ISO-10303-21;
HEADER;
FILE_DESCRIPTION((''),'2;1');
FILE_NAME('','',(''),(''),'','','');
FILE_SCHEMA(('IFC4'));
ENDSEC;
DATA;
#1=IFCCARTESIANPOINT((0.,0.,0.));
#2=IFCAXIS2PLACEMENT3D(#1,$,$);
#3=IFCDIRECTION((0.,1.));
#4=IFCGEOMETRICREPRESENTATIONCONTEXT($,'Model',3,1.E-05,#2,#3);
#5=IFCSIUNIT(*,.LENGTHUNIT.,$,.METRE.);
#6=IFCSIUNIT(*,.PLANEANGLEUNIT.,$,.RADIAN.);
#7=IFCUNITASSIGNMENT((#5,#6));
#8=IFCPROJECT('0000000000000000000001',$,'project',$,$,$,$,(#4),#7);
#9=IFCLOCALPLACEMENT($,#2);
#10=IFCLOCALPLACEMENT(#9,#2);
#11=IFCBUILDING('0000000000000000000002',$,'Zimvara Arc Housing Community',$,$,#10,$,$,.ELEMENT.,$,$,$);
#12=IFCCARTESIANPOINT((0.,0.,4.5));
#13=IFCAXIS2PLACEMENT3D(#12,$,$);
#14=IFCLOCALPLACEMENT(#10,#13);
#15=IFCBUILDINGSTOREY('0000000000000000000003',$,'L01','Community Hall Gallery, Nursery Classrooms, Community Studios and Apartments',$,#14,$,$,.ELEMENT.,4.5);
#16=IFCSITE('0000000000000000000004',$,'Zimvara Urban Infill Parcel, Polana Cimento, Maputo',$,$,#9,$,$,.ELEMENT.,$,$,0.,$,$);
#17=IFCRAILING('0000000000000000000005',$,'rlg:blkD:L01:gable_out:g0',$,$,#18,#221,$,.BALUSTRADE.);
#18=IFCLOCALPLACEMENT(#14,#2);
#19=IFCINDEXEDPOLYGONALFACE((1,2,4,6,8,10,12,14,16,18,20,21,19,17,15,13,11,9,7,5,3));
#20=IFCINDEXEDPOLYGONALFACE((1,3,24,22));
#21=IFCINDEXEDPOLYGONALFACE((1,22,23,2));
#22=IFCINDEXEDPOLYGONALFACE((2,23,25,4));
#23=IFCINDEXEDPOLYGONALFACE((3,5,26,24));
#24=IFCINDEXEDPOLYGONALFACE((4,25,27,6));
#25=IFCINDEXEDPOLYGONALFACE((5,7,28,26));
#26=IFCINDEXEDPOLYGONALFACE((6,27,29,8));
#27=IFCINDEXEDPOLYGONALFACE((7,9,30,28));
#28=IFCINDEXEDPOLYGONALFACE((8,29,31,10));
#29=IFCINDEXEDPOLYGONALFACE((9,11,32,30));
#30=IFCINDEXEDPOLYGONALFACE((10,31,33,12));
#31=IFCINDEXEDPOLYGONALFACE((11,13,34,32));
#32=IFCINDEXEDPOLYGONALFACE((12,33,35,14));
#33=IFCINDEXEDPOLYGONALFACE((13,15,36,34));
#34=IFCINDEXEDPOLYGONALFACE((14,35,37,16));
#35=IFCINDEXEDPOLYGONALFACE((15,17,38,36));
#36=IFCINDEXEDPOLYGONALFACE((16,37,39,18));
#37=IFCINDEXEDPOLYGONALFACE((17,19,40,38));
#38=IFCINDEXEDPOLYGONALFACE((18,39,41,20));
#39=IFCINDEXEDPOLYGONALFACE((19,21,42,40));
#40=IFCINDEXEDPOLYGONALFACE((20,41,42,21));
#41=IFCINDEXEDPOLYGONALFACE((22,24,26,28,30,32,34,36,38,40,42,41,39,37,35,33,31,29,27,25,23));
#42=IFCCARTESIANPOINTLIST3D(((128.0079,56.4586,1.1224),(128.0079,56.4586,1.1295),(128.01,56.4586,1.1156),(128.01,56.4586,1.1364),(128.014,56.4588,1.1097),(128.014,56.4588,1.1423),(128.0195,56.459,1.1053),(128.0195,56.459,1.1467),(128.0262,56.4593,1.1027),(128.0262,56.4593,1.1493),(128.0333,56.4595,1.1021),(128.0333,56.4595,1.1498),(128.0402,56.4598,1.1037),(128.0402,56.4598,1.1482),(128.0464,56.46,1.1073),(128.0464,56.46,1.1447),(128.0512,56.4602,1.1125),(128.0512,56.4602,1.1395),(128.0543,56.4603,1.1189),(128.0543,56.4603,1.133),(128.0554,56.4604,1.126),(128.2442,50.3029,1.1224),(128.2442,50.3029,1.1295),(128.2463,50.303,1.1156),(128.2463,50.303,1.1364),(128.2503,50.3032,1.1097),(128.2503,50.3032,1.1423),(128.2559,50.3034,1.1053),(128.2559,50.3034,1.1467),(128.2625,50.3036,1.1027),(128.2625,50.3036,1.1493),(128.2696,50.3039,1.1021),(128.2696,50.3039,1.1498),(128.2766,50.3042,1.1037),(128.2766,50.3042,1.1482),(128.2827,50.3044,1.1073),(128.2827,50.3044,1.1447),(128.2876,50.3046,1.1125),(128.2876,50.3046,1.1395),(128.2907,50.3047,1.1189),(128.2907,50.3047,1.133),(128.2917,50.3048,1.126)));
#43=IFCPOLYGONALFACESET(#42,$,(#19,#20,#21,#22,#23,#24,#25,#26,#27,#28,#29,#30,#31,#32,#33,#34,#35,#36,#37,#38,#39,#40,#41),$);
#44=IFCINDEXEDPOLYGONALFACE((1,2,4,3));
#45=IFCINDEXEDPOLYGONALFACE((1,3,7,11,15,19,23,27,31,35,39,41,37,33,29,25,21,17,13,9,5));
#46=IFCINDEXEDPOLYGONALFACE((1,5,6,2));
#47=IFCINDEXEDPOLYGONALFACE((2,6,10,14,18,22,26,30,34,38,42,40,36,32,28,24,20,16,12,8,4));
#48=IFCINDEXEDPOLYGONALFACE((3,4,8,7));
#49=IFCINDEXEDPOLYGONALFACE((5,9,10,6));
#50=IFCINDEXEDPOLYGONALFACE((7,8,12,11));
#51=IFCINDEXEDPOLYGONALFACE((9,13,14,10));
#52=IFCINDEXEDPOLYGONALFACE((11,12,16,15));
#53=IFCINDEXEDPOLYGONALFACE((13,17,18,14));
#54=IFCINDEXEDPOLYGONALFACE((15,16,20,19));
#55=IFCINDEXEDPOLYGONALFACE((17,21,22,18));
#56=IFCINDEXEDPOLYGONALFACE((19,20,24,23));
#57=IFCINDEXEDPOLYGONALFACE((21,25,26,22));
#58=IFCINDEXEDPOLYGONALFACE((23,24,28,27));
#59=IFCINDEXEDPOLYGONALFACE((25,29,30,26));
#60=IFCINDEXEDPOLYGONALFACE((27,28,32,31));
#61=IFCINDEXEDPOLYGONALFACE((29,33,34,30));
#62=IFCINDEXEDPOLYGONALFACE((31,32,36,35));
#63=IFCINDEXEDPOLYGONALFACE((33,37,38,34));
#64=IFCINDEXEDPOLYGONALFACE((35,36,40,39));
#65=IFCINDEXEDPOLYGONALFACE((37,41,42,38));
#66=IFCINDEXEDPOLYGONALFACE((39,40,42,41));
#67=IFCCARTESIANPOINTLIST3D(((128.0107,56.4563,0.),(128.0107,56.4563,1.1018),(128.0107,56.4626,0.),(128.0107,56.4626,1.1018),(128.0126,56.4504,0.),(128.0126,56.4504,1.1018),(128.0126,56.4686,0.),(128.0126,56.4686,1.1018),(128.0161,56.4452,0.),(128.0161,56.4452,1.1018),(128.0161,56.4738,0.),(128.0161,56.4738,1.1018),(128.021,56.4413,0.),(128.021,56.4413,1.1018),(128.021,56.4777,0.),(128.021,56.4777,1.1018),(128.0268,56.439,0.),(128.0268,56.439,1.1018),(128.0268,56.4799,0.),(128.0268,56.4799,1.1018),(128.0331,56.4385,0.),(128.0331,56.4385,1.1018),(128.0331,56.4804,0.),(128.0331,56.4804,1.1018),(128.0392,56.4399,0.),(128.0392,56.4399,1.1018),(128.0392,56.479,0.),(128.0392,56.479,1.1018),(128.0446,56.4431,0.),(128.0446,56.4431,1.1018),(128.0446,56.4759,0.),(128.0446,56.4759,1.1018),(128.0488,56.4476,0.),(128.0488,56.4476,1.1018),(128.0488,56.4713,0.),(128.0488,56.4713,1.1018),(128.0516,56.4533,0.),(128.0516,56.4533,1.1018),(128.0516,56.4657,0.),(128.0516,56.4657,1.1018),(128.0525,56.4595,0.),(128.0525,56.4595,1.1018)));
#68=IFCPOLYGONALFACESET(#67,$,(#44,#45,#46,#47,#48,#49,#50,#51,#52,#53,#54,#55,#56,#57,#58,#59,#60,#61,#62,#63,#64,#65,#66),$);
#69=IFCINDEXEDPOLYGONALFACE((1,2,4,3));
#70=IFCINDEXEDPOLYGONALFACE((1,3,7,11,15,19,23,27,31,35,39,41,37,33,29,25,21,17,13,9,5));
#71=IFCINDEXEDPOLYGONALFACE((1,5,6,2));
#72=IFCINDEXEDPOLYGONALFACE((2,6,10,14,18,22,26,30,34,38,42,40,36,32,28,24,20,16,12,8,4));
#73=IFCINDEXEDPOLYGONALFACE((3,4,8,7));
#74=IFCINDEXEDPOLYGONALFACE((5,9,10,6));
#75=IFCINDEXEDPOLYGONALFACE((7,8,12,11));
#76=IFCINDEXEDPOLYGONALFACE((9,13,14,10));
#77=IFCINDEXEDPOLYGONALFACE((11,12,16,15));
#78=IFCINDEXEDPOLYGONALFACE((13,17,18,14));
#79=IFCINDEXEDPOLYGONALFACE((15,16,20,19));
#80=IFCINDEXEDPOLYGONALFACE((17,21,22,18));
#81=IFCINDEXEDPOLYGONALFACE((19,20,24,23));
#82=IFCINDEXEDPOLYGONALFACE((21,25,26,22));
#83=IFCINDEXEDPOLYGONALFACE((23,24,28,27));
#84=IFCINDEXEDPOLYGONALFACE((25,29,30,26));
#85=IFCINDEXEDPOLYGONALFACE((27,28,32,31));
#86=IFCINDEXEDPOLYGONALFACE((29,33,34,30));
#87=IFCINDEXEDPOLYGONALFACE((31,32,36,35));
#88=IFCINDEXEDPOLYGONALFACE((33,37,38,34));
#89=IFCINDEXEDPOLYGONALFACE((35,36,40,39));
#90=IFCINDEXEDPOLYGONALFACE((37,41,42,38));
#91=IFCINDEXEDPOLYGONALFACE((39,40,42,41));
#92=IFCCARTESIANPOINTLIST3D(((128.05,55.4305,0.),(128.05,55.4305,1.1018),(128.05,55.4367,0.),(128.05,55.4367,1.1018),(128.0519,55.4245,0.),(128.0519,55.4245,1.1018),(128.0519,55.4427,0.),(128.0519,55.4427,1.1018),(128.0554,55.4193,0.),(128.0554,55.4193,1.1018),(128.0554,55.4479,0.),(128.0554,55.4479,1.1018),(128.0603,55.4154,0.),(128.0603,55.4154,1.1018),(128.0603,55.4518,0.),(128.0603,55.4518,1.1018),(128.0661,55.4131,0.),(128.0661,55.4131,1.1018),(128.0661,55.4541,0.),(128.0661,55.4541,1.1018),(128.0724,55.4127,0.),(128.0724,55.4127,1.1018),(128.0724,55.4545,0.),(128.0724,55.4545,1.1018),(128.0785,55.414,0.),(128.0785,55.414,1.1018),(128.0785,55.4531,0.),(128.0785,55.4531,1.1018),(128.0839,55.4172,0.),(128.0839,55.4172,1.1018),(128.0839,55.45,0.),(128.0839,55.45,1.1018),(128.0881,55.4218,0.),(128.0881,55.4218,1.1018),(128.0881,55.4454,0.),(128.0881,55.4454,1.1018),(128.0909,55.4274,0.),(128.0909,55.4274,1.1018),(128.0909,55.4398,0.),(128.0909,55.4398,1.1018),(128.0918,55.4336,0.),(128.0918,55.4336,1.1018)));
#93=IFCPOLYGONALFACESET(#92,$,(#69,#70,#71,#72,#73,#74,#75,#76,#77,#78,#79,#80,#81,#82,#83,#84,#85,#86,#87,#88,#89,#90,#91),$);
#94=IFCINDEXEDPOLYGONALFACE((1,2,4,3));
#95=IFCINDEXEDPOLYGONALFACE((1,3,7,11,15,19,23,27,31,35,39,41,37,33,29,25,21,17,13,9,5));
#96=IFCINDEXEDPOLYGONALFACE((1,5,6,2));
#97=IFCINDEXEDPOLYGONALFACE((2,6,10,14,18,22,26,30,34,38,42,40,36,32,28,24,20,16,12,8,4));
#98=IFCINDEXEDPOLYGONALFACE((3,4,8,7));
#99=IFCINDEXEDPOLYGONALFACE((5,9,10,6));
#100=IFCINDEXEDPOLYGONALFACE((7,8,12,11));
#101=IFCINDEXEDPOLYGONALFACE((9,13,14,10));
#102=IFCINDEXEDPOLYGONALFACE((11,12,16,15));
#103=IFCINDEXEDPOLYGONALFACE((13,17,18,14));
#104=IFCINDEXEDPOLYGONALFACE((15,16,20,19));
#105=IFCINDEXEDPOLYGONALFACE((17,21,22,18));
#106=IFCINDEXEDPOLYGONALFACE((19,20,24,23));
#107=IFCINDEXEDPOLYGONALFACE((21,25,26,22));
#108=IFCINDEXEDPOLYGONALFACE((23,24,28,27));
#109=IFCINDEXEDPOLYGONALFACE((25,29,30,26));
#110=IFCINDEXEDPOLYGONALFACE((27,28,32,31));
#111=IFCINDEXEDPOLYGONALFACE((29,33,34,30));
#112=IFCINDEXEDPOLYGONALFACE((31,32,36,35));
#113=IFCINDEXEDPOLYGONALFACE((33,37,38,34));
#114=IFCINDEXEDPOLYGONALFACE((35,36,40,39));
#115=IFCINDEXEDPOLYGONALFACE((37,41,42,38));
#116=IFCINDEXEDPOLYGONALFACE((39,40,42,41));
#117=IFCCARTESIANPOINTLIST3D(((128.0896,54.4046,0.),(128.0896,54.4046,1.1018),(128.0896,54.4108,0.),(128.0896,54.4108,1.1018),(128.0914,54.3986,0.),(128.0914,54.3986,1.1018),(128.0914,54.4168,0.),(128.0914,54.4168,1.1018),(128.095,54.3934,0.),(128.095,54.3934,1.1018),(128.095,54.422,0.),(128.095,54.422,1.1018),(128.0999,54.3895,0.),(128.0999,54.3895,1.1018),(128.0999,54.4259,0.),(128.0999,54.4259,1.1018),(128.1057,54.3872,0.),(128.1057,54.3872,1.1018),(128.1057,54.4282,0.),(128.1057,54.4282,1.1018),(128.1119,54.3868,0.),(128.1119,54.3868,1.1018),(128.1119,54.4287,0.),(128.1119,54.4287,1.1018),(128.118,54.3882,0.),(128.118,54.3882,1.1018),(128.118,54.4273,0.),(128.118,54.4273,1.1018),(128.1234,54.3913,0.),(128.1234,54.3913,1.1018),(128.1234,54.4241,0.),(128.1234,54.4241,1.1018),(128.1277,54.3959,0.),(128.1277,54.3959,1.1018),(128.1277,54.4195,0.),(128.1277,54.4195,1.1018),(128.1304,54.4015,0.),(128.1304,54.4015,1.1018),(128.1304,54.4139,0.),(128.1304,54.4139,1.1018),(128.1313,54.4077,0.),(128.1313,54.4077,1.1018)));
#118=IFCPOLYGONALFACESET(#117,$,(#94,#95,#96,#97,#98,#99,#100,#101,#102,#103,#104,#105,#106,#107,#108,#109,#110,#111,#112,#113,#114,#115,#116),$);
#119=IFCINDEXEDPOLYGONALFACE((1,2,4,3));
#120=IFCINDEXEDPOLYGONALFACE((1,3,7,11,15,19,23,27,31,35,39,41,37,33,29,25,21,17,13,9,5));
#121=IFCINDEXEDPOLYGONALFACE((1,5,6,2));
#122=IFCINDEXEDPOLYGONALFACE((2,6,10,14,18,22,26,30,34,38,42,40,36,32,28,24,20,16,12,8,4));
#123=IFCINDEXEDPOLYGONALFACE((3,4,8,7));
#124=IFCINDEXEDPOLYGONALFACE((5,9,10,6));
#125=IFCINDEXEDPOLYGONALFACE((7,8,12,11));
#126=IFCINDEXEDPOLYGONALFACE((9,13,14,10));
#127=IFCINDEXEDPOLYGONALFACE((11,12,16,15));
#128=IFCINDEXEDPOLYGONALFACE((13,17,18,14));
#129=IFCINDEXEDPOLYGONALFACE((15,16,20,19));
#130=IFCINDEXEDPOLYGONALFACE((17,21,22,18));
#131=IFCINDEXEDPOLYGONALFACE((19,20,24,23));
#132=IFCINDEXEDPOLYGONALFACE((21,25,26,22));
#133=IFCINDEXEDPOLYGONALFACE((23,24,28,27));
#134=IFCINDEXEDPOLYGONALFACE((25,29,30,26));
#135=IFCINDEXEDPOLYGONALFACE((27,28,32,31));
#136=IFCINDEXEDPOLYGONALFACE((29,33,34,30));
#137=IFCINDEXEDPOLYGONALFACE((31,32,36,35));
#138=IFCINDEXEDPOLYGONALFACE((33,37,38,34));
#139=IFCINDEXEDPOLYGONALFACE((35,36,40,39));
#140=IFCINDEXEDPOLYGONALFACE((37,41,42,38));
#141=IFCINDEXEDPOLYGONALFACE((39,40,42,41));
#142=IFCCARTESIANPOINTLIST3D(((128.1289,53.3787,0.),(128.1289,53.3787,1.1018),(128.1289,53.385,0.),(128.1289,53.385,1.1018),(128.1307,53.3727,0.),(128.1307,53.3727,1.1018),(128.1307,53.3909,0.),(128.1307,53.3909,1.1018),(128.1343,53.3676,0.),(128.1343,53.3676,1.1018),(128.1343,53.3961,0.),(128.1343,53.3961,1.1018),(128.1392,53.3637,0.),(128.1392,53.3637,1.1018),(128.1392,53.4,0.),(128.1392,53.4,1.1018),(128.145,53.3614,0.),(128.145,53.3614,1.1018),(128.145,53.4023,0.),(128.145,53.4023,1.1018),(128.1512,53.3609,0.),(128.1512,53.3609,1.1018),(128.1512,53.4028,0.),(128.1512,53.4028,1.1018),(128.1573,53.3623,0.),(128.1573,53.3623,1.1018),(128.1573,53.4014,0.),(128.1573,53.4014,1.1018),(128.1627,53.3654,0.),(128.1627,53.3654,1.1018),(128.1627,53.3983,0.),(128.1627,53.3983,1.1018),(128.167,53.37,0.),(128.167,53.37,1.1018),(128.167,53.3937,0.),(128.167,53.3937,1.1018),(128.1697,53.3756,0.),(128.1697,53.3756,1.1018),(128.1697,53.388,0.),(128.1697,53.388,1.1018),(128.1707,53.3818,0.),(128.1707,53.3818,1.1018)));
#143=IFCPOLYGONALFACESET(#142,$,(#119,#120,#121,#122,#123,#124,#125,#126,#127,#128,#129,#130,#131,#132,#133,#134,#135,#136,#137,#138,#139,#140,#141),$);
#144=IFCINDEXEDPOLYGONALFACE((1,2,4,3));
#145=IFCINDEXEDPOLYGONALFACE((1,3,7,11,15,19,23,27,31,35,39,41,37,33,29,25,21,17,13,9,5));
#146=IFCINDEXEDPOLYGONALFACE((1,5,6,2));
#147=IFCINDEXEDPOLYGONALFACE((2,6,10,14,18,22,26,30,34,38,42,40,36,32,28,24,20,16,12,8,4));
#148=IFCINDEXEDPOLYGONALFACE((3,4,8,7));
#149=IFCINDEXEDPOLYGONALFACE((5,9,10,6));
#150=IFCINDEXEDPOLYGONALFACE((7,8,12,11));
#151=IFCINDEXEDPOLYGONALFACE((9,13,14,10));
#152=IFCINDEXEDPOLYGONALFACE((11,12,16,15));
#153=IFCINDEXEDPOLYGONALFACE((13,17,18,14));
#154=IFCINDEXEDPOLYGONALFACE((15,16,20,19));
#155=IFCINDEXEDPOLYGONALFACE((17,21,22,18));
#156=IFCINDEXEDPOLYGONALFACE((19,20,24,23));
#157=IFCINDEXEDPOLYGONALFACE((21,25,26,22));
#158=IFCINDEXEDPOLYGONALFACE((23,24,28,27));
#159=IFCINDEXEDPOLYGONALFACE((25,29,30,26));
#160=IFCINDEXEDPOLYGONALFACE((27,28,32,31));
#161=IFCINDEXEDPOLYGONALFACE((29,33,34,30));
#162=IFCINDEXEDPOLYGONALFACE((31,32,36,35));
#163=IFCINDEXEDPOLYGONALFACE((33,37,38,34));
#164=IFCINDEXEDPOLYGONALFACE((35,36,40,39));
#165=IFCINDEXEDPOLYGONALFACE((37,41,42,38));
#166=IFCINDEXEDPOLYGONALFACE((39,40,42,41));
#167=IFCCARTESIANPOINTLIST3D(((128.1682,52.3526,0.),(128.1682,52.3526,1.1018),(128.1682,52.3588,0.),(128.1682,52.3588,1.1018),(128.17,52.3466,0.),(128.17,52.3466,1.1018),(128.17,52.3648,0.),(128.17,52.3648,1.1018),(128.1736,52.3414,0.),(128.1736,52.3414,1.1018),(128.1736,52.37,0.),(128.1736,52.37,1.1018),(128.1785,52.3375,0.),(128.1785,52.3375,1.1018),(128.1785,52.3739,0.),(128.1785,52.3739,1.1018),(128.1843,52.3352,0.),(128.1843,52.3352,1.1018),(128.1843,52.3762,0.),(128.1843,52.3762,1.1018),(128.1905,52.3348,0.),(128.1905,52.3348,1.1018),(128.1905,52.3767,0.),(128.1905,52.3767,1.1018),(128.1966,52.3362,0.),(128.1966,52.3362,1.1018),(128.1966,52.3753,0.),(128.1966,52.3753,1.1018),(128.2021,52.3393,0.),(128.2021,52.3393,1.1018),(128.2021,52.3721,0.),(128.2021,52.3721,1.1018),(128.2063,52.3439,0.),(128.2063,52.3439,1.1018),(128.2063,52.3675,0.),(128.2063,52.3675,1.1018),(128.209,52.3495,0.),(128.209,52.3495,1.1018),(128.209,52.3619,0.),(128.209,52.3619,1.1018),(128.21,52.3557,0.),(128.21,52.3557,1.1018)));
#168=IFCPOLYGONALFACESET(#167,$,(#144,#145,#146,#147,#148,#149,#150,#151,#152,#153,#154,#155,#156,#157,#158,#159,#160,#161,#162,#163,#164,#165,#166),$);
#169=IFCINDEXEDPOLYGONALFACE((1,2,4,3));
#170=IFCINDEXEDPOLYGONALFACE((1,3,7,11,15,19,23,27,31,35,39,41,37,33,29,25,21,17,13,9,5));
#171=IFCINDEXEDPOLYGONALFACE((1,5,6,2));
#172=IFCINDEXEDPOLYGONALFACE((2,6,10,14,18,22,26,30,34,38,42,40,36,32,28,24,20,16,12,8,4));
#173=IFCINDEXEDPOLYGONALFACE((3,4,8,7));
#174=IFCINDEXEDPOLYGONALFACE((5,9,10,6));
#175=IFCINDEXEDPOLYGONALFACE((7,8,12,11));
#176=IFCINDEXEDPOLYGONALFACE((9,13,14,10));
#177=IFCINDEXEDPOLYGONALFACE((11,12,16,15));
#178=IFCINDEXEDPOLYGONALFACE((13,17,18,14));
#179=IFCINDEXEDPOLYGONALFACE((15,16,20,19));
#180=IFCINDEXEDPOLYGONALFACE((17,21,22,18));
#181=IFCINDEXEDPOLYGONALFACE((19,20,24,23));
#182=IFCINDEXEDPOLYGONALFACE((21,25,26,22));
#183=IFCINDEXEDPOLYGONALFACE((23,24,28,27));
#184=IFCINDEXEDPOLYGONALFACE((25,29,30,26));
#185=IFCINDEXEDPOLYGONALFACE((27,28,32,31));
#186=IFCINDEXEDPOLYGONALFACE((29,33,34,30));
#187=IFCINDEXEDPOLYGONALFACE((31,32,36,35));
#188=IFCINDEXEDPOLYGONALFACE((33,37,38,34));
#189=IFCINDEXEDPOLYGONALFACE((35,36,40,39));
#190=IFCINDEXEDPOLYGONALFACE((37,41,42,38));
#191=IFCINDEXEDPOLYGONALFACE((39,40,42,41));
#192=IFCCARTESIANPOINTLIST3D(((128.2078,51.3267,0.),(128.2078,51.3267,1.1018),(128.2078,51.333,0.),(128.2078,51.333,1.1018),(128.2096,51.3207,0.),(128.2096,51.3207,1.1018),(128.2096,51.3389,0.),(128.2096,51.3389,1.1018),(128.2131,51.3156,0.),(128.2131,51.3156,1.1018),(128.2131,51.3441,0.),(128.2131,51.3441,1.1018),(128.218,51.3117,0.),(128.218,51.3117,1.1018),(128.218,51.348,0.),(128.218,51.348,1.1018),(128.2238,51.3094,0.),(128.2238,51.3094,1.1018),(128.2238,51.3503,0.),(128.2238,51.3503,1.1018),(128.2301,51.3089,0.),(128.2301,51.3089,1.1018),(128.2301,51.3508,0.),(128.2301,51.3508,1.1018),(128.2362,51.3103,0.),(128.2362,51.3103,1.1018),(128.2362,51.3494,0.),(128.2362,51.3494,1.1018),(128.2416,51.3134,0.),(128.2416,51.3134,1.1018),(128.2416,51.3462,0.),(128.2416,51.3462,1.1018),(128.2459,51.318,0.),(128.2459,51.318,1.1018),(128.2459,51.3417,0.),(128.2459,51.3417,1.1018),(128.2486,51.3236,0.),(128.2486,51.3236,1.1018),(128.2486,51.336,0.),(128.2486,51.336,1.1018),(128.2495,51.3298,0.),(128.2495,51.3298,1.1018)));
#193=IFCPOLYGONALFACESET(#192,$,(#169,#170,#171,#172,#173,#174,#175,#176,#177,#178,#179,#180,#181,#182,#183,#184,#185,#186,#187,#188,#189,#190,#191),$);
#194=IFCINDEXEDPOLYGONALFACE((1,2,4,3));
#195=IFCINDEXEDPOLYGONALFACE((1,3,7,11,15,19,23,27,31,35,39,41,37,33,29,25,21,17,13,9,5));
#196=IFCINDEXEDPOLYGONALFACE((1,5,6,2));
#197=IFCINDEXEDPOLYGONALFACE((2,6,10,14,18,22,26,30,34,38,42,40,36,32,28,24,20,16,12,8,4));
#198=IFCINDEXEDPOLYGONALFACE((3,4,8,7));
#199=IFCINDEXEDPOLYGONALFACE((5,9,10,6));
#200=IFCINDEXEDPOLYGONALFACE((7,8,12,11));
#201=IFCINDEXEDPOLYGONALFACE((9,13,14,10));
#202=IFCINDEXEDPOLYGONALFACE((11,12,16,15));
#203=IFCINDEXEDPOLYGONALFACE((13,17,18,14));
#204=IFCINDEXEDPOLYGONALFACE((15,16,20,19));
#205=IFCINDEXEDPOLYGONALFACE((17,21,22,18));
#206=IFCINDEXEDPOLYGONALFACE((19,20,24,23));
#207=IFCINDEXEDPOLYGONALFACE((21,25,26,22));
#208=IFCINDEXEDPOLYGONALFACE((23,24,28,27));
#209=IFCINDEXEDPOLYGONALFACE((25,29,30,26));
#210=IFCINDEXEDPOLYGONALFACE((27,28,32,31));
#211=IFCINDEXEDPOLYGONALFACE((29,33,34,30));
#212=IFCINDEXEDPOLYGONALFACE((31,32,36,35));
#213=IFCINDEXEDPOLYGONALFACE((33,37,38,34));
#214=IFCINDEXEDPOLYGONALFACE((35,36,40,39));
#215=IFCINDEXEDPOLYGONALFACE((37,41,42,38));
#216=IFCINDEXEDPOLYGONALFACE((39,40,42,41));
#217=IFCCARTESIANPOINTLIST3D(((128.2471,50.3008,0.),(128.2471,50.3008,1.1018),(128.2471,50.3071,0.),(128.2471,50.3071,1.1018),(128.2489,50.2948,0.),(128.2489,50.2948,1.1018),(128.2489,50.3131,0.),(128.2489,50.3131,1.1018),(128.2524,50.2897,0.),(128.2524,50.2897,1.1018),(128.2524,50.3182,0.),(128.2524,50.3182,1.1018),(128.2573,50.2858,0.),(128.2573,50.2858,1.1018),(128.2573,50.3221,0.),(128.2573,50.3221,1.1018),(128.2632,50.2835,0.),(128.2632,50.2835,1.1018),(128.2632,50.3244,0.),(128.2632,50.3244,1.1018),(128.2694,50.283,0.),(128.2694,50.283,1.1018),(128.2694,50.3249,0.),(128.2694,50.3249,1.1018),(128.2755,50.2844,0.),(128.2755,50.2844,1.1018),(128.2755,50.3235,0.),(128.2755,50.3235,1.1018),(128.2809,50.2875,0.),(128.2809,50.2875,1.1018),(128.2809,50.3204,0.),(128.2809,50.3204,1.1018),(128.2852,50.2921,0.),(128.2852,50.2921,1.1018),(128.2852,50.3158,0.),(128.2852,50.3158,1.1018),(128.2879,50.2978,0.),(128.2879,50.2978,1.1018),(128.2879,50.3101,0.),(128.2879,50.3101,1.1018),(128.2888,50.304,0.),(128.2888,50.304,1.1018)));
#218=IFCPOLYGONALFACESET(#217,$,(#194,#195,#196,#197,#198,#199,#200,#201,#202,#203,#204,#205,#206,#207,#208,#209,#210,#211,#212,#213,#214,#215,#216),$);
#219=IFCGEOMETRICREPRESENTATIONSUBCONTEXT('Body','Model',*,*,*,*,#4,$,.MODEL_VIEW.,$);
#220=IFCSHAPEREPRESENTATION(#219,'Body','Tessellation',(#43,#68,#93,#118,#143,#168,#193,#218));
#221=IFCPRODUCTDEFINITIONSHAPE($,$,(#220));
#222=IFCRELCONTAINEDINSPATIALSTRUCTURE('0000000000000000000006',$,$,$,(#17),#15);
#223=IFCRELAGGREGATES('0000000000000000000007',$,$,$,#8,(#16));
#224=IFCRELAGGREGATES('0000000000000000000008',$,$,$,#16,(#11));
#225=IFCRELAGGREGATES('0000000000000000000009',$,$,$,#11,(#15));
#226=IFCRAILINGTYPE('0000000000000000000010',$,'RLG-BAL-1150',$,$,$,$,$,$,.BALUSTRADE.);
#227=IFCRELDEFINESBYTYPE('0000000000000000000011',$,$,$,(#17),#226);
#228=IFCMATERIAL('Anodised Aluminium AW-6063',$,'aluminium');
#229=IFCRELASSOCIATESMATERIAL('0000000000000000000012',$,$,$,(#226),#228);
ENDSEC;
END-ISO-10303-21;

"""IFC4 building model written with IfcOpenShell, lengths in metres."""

from ifc_helpers import new_model, si_unit, direction, frame, origin, origin_2d, place, context, subcontext, project, spatial, circle, extrude, material, type_object, element, save


model = new_model("IFC4")

# Units and contexts
model_context = context("Model", 3, precision=1e-05, world=origin(), true_north=direction((0.0, 1.0)))
body_context = subcontext(model_context, "Body", "Model", "MODEL_VIEW")
ifc_project = project(units=[si_unit("LENGTHUNIT", "METRE"), si_unit("PLANEANGLEUNIT", "RADIAN")], contexts=[model_context])

# Site, building, storey
site_placement = place(None, origin())
site = spatial("IfcSite", under=ifc_project, at=site_placement, Name="Zimvara Urban Infill Parcel, Polana Cimento, Maputo", CompositionType="ELEMENT", RefElevation=0.0)
building_placement = place(site_placement, origin())
building = spatial("IfcBuilding", under=site, at=building_placement, Name="Zimvara Arc Housing Community", CompositionType="ELEMENT")
storey_placement = place(building_placement, frame((0.0, 0.0, 4.5)))
storey = spatial("IfcBuildingStorey", under=building, at=storey_placement, Name="L01", Description="Community Hall Gallery, Nursery Classrooms, Community Studios and Apartments", CompositionType="ELEMENT", Elevation=4.5)

# Railing
ifc_material_1 = material(Name="Anodised Aluminium AW-6063", Category="aluminium")
railing_type = type_object("IfcRailingType", Name="RLG-BAL-1150", PredefinedType="BALUSTRADE", material=ifc_material_1)
railing_1_placement = place(storey_placement, frame((128.0315, 56.4595, 0.0)))
element("IfcRailing", 1, at=railing_1_placement, inside=storey, type_object=railing_type, Name="rlg:blkD:L01:gable_out:g0", PredefinedType="BALUSTRADE", context=body_context, shape_type="SweptSolid", body=[
    extrude(circle(Radius=0.0239, at=origin_2d()), frame((0.0, 0.0, 1.126), z_axis=(0.038365, -0.999264, 0.0), x_axis=(0.999264, 0.038365, 0.0)), (0.0, 0.0, 1.0), 6.1602),
    extrude(circle(Radius=0.021, at=origin_2d()), origin(), (0.0, 0.0, 1.0), 1.1018),
    extrude(circle(Radius=0.021, at=origin_2d()), frame((0.0393, -1.0259, 0.0)), (0.0, 0.0, 1.0), 1.1018),
    extrude(circle(Radius=0.021, at=origin_2d()), frame((0.0789, -2.0518, 0.0)), (0.0, 0.0, 1.0), 1.1018),
    extrude(circle(Radius=0.021, at=origin_2d()), frame((0.1182, -3.0776, 0.0)), (0.0, 0.0, 1.0), 1.1018),
    extrude(circle(Radius=0.021, at=origin_2d()), frame((0.1575, -4.1038, 0.0)), (0.0, 0.0, 1.0), 1.1018),
    extrude(circle(Radius=0.021, at=origin_2d()), frame((0.197, -5.1296, 0.0)), (0.0, 0.0, 1.0), 1.1018),
    extrude(circle(Radius=0.021, at=origin_2d()), frame((0.2363, -6.1555, 0.0)), (0.0, 0.0, 1.0), 1.1018),
])

save(model, "model.ifc")
